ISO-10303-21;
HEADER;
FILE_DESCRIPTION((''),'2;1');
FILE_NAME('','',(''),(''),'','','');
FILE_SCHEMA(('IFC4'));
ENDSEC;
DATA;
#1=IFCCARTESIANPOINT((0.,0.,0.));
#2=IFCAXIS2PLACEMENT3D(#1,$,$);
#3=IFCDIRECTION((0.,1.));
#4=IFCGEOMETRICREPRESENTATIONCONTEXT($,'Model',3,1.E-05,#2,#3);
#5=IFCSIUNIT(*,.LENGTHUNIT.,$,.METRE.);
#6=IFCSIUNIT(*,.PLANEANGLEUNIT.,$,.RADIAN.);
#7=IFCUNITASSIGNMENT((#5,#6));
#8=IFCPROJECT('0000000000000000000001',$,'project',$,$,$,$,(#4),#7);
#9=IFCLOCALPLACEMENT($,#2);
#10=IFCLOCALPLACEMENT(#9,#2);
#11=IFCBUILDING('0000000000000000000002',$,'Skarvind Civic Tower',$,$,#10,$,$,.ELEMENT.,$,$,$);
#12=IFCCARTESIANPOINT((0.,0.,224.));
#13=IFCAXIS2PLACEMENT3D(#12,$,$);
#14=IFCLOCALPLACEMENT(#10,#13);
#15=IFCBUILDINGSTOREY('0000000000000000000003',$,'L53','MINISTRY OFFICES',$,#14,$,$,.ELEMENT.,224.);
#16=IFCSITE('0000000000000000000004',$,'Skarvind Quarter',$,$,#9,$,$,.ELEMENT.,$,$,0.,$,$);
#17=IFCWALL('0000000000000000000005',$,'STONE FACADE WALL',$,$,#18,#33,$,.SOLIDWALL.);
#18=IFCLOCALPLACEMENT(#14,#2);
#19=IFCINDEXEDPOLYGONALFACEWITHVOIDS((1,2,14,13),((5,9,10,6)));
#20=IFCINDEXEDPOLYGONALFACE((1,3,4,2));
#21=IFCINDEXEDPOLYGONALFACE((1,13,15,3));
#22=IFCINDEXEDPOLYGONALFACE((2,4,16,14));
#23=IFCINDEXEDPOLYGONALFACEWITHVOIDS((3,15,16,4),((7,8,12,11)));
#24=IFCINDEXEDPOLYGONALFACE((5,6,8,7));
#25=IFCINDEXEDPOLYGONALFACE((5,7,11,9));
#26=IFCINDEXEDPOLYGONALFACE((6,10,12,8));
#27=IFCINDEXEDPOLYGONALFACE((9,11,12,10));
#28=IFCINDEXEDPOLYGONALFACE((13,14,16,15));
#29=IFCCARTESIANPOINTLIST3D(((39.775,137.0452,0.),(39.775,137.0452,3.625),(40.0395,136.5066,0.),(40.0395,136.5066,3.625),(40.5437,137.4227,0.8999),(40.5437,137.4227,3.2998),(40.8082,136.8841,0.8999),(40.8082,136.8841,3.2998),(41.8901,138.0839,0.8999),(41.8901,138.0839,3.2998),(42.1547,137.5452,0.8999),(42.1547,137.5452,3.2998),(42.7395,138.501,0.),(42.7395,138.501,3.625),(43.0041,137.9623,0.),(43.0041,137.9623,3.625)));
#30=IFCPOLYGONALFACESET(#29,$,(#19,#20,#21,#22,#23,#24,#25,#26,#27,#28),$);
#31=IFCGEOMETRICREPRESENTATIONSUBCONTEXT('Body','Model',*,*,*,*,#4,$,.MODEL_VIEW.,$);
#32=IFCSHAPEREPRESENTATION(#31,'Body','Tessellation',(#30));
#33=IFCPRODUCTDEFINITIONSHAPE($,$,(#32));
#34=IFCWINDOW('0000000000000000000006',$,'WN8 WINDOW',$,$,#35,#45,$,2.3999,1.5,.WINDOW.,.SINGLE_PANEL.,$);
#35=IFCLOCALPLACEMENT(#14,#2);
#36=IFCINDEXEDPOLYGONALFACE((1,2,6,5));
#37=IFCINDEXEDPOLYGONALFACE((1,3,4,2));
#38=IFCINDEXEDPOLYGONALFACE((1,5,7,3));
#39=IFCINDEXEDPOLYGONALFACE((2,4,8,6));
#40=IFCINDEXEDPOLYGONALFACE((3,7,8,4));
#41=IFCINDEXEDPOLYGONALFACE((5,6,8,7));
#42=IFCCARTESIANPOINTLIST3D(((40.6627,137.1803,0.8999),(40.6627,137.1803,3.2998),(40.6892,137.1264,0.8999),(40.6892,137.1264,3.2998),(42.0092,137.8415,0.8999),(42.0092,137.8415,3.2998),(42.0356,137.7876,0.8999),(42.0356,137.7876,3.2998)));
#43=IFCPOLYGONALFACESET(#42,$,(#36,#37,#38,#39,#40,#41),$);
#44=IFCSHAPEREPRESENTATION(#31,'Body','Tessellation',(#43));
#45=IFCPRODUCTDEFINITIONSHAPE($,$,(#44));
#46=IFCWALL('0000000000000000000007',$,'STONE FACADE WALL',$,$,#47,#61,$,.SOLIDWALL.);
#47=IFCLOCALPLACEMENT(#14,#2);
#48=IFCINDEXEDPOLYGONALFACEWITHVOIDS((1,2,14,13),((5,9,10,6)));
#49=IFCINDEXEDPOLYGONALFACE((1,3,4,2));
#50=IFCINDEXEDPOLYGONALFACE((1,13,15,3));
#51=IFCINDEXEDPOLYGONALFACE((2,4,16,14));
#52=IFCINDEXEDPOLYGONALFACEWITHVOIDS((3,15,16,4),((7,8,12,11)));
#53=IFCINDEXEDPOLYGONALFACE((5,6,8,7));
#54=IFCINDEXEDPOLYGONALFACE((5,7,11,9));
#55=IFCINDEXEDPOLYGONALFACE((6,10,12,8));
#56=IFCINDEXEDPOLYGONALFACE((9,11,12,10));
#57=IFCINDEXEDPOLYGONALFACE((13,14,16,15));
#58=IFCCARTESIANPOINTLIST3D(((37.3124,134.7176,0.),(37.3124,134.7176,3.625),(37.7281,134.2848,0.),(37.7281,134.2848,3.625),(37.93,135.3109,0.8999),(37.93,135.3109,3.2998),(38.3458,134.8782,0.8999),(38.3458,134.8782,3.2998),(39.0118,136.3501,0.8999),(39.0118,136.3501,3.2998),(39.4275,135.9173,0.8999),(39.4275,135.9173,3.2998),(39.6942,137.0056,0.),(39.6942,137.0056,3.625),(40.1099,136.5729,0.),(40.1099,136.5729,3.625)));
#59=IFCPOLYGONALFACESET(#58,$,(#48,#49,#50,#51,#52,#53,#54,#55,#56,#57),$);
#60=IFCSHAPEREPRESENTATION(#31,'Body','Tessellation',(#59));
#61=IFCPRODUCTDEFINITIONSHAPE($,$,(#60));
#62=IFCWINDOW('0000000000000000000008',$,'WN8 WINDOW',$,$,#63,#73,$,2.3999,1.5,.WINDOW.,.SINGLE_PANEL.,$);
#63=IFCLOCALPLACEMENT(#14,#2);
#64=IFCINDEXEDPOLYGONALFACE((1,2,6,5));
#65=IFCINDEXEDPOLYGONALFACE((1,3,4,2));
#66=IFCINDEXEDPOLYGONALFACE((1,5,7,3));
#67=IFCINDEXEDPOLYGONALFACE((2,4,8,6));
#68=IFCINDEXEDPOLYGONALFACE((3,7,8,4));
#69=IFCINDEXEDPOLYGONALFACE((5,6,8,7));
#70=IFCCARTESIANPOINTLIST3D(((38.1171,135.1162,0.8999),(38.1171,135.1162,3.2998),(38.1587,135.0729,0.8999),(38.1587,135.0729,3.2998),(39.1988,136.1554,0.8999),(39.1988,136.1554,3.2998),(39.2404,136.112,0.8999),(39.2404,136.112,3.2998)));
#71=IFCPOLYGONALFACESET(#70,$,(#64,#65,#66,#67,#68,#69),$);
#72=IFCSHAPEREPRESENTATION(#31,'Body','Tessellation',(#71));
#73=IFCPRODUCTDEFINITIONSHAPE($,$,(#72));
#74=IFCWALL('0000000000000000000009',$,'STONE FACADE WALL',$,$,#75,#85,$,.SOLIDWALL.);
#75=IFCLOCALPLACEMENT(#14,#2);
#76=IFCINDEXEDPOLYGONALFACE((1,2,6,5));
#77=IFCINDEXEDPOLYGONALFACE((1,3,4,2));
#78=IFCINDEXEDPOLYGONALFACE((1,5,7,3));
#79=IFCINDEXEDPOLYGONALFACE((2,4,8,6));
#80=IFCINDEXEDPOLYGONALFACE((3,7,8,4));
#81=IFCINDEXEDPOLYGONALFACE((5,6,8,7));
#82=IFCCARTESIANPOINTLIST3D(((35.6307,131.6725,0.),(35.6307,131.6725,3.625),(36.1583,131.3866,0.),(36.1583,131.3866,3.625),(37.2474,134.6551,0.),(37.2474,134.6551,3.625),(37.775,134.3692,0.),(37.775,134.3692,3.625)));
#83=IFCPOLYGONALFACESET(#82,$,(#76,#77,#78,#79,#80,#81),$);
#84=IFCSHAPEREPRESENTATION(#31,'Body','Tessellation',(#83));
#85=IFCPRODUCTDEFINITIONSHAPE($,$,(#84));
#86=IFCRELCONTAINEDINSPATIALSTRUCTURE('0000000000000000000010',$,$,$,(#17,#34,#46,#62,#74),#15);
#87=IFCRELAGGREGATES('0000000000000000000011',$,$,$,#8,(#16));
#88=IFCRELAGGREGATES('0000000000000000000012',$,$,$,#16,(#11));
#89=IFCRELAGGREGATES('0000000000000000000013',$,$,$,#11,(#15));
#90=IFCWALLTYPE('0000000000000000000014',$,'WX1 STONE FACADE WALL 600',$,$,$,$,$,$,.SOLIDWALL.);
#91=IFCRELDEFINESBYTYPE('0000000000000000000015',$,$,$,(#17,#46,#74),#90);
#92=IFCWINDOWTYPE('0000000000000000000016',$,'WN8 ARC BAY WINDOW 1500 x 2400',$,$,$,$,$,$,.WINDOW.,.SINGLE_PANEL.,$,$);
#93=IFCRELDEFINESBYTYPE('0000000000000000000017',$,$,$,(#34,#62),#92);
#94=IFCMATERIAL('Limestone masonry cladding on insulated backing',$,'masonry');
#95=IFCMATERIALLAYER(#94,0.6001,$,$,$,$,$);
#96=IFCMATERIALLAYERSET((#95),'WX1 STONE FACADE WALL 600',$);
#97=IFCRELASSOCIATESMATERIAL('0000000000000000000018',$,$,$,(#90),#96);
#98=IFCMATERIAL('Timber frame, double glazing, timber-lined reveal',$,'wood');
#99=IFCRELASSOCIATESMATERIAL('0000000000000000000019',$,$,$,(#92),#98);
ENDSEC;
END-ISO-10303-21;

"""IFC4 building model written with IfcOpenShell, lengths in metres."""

from ifc_helpers import new_model, si_unit, direction, frame, frame_2d, origin, place, context, subcontext, project, spatial, rectangle, extrude, material, layer, layer_set, type_object, element, fill, save


model = new_model("IFC4")

# Units and contexts
model_context = context("Model", 3, precision=1e-05, world=origin(), true_north=direction((0.0, 1.0)))
body_context = subcontext(model_context, "Body", "Model", "MODEL_VIEW")
ifc_project = project(units=[si_unit("LENGTHUNIT", "METRE"), si_unit("PLANEANGLEUNIT", "RADIAN")], contexts=[model_context])

# Site, building, storey
site_placement = place(None, origin())
site = spatial("IfcSite", under=ifc_project, at=site_placement, Name="Skarvind Quarter", CompositionType="ELEMENT", RefElevation=0.0)
building_placement = place(site_placement, origin())
building = spatial("IfcBuilding", under=site, at=building_placement, Name="Skarvind Civic Tower", CompositionType="ELEMENT")
storey_placement = place(building_placement, frame((0.0, 0.0, 224.0)))
storey = spatial("IfcBuildingStorey", under=building, at=storey_placement, Name="L53", Description="MINISTRY OFFICES", CompositionType="ELEMENT", Elevation=224.0)

# Shared definitions
ifc_material_1 = material(Name="Limestone masonry cladding on insulated backing", Category="masonry")
ifc_layer_1 = layer(ifc_material_1, 0.6001)
ifc_layer_set_1 = layer_set([ifc_layer_1], Name="WX1 STONE FACADE WALL 600")
wall_type_1 = type_object("IfcWallType", Name="WX1 STONE FACADE WALL 600", PredefinedType="SOLIDWALL", material=ifc_layer_set_1)
ifc_material_2 = material(Name="Timber frame, double glazing, timber-lined reveal", Category="wood")

# Walls, openings, windows
window_type_1 = type_object("IfcWindowType", Name="WN8 ARC BAY WINDOW 1500 x 2400", PartitioningType="SINGLE_PANEL", PredefinedType="WINDOW", material=ifc_material_2)
wall_1_placement = place(storey_placement, frame((39.9072, 136.7759, 0.0), z_axis=(0.0, 0.0, 1.0), x_axis=(0.897612, 0.440786, 0.0)))
wall_1 = element("IfcWall", 1, at=wall_1_placement, inside=storey, type_object=wall_type_1, Name="STONE FACADE WALL", PredefinedType="SOLIDWALL", context=body_context, shape_type="SweptSolid", body=[
    extrude(rectangle(XDim=3.3027, YDim=0.6001, at=frame_2d((1.6514, 0.0))), origin(), (0.0, 0.0, 1.0), 3.625),
])
opening_1_placement = place(wall_1_placement, frame((0.8564, 0.0, 0.8999)))
opening_1 = element("IfcOpeningElement", 2, at=opening_1_placement, cuts=wall_1, PredefinedType="OPENING", context=body_context, shape_type="SweptSolid", body=[
    extrude(rectangle(XDim=1.5, YDim=2.3999, at=frame_2d((0.75, 1.2))), frame((0.0, 0.3101, 0.0), z_axis=(0.0, -1.0, 0.0), x_axis=(1.0, 0.0, 0.0)), (0.0, 0.0, 1.0), 0.6201),
])
window_1_placement = place(opening_1_placement, origin())
window_1 = element("IfcWindow", 3, at=window_1_placement, inside=storey, type_object=window_type_1, Name="WN8 WINDOW", OverallHeight=2.3999, OverallWidth=1.5, PartitioningType="SINGLE_PANEL", PredefinedType="WINDOW", context=body_context, shape_type="SweptSolid", body=[
    extrude(rectangle(XDim=1.5, YDim=2.3999, at=frame_2d((0.75, 1.2))), frame((0.0, 0.03, 0.0), z_axis=(0.0, -1.0, 0.0), x_axis=(1.0, 0.0, 0.0)), (0.0, 0.0, 1.0), 0.0601),
])
fill(opening_1, window_1)
wall_2_placement = place(storey_placement, frame((37.5203, 134.5012, 0.0), z_axis=(0.0, 0.0, 1.0), x_axis=(0.721157, 0.692772, 0.0)))
wall_2 = element("IfcWall", 4, at=wall_2_placement, inside=storey, type_object=wall_type_1, Name="STONE FACADE WALL", PredefinedType="SOLIDWALL", context=body_context, shape_type="SweptSolid", body=[
    extrude(rectangle(XDim=3.3027, YDim=0.6001, at=frame_2d((1.6514, 0.0))), origin(), (0.0, 0.0, 1.0), 3.625),
])
opening_2_placement = place(wall_2_placement, frame((0.8564, 0.0, 0.8999)))
opening_2 = element("IfcOpeningElement", 5, at=opening_2_placement, cuts=wall_2, PredefinedType="OPENING", context=body_context, shape_type="SweptSolid", body=[
    extrude(rectangle(XDim=1.5, YDim=2.3999, at=frame_2d((0.75, 1.2))), frame((0.0, 0.3101, 0.0), z_axis=(0.0, -1.0, 0.0), x_axis=(1.0, 0.0, 0.0)), (0.0, 0.0, 1.0), 0.6201),
])
window_2_placement = place(opening_2_placement, origin())
window_2 = element("IfcWindow", 6, at=window_2_placement, inside=storey, type_object=window_type_1, Name="WN8 WINDOW", OverallHeight=2.3999, OverallWidth=1.5, PartitioningType="SINGLE_PANEL", PredefinedType="WINDOW", context=body_context, shape_type="SweptSolid", body=[
    extrude(rectangle(XDim=1.5, YDim=2.3999, at=frame_2d((0.75, 1.2))), frame((0.0, 0.03, 0.0), z_axis=(0.0, -1.0, 0.0), x_axis=(1.0, 0.0, 0.0)), (0.0, 0.0, 1.0), 0.0601),
])
fill(opening_2, window_2)

# Wall
wall_3_placement = place(storey_placement, frame((35.8945, 131.5295, 0.0), z_axis=(0.0, 0.0, 1.0), x_axis=(0.476531, 0.879158, 0.0)))
element("IfcWall", 7, at=wall_3_placement, inside=storey, type_object=wall_type_1, Name="STONE FACADE WALL", PredefinedType="SOLIDWALL", context=body_context, shape_type="SweptSolid", body=[
    extrude(rectangle(XDim=3.3926, YDim=0.6001, at=frame_2d((1.6963, 0.0))), origin(), (0.0, 0.0, 1.0), 3.625),
])

save(model, "model.ifc")
